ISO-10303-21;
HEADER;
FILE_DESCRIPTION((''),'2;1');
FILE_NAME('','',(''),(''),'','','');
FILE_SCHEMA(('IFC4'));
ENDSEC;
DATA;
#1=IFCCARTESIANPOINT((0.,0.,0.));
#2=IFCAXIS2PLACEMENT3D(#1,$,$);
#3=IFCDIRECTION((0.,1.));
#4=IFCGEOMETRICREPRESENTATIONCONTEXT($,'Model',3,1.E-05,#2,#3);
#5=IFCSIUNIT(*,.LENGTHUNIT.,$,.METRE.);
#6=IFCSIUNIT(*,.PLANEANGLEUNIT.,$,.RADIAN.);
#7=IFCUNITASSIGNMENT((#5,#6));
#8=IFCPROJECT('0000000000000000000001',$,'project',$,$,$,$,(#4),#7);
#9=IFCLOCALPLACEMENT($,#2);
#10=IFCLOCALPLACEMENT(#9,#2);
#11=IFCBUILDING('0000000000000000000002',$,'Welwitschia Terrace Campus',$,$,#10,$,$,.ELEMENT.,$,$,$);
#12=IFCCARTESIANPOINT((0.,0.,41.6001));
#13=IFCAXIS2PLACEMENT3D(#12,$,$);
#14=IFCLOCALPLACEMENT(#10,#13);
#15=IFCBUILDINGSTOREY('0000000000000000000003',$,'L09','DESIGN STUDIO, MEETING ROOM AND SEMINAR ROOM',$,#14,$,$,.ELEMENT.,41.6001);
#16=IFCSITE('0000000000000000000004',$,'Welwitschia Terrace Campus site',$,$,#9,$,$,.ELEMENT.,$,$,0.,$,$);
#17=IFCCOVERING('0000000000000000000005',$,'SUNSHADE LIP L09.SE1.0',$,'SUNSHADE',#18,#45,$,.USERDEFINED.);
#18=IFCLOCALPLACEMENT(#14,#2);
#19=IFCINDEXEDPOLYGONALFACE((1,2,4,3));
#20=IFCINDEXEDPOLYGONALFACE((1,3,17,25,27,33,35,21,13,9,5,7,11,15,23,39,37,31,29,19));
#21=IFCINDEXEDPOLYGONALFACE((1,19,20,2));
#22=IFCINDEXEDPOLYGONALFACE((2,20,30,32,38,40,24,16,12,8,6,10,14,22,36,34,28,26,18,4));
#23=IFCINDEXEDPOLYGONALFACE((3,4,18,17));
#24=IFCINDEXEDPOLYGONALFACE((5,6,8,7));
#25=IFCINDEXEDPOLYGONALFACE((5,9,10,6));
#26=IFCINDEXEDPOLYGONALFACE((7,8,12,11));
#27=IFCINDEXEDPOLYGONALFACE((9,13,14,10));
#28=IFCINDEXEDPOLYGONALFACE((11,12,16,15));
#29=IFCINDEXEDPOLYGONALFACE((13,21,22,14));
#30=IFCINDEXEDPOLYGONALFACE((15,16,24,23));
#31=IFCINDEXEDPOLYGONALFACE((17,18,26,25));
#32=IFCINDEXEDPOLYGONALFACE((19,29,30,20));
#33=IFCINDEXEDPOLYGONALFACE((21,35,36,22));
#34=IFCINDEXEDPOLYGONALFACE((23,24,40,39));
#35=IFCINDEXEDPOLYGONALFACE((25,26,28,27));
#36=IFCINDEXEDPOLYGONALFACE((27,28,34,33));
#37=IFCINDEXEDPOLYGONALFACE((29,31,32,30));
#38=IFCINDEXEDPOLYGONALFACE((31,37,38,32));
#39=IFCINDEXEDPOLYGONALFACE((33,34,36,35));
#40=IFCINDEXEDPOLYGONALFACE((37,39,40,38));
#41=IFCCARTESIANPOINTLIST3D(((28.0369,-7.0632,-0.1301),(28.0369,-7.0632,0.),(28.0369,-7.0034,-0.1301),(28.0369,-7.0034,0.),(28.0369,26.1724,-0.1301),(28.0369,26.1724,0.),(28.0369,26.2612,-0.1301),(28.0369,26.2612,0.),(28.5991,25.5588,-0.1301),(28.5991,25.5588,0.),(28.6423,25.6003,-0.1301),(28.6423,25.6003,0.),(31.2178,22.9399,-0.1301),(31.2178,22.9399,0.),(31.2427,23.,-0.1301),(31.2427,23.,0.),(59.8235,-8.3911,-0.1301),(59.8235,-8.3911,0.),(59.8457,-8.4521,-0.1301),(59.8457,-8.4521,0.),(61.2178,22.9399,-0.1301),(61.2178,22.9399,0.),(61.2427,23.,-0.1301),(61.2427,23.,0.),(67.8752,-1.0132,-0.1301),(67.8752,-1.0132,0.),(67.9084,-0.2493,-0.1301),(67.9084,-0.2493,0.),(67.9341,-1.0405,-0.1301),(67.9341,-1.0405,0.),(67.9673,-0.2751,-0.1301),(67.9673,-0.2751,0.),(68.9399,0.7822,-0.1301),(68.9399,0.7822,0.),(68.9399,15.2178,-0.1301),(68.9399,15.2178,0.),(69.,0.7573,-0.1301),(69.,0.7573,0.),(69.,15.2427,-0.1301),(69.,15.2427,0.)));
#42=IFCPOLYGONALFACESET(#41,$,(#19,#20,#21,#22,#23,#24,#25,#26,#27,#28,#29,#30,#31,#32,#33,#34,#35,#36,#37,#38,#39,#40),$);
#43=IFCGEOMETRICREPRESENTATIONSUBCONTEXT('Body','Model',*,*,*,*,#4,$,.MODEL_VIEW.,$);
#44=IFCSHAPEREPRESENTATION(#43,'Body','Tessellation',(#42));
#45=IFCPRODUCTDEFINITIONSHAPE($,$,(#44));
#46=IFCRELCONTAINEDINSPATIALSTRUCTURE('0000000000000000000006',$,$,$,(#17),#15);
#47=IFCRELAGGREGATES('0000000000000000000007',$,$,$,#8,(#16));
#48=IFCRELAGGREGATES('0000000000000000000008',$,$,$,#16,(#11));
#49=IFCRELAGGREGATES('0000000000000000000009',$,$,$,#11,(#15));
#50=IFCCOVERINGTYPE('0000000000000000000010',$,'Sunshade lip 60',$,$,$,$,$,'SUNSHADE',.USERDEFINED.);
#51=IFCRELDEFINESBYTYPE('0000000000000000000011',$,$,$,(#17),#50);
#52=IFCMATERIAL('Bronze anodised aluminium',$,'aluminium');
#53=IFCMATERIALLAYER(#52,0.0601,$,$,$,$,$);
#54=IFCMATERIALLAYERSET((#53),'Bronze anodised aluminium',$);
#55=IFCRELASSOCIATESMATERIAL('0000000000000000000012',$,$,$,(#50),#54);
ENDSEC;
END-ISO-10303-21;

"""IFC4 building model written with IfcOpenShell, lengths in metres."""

from ifc_helpers import new_model, si_unit, direction, frame, origin, place, context, subcontext, project, spatial, polyline, outline, extrude, material, layer, layer_set, type_object, element, save


model = new_model("IFC4")

# Units and contexts
model_context = context("Model", 3, precision=1e-05, world=origin(), true_north=direction((0.0, 1.0)))
body_context = subcontext(model_context, "Body", "Model", "MODEL_VIEW")
ifc_project = project(units=[si_unit("LENGTHUNIT", "METRE"), si_unit("PLANEANGLEUNIT", "RADIAN")], contexts=[model_context])

# Site, building, storey
site_placement = place(None, origin())
site = spatial("IfcSite", under=ifc_project, at=site_placement, Name="Welwitschia Terrace Campus site", CompositionType="ELEMENT", RefElevation=0.0)
building_placement = place(site_placement, origin())
building = spatial("IfcBuilding", under=site, at=building_placement, Name="Welwitschia Terrace Campus", CompositionType="ELEMENT")
storey_placement = place(building_placement, frame((0.0, 0.0, 41.6001)))
storey = spatial("IfcBuildingStorey", under=building, at=storey_placement, Name="L09", Description="DESIGN STUDIO, MEETING ROOM AND SEMINAR ROOM", CompositionType="ELEMENT", Elevation=41.6001)

# Covering
ifc_material_1 = material(Name="Bronze anodised aluminium", Category="aluminium")
ifc_layer_1 = layer(ifc_material_1, 0.0601)
ifc_layer_set_1 = layer_set([ifc_layer_1], Name="Bronze anodised aluminium")
covering_type_1 = type_object("IfcCoveringType", Name="Sunshade lip 60", ElementType="SUNSHADE", PredefinedType="USERDEFINED", material=ifc_layer_set_1)
covering_1_placement = place(storey_placement, frame((0.0, 0.0, -0.1301)))
element("IfcCovering", 1, at=covering_1_placement, inside=storey, type_object=covering_type_1, Name="SUNSHADE LIP L09.SE1.0", ObjectType="SUNSHADE", PredefinedType="USERDEFINED", context=body_context, shape_type="SweptSolid", body=[
    extrude(outline(polyline([(31.2427, 23.0), (61.2427, 23.0), (69.0, 15.2427), (69.0, 0.7573), (67.9673, -0.2751), (67.9341, -1.0405), (59.8457, -8.4521), (28.0369, -7.0632), (28.0369, -7.0034), (59.8235, -8.3911), (67.8752, -1.0132), (67.9084, -0.2493), (68.9399, 0.7822), (68.9399, 15.2178), (61.2178, 22.9399), (31.2178, 22.9399), (28.5991, 25.5588), (28.0369, 26.1724), (28.0369, 26.2612), (28.6423, 25.6003), (31.2427, 23.0)])), origin(), (0.0, 0.0, 1.0), 0.1301),
])

save(model, "model.ifc")
